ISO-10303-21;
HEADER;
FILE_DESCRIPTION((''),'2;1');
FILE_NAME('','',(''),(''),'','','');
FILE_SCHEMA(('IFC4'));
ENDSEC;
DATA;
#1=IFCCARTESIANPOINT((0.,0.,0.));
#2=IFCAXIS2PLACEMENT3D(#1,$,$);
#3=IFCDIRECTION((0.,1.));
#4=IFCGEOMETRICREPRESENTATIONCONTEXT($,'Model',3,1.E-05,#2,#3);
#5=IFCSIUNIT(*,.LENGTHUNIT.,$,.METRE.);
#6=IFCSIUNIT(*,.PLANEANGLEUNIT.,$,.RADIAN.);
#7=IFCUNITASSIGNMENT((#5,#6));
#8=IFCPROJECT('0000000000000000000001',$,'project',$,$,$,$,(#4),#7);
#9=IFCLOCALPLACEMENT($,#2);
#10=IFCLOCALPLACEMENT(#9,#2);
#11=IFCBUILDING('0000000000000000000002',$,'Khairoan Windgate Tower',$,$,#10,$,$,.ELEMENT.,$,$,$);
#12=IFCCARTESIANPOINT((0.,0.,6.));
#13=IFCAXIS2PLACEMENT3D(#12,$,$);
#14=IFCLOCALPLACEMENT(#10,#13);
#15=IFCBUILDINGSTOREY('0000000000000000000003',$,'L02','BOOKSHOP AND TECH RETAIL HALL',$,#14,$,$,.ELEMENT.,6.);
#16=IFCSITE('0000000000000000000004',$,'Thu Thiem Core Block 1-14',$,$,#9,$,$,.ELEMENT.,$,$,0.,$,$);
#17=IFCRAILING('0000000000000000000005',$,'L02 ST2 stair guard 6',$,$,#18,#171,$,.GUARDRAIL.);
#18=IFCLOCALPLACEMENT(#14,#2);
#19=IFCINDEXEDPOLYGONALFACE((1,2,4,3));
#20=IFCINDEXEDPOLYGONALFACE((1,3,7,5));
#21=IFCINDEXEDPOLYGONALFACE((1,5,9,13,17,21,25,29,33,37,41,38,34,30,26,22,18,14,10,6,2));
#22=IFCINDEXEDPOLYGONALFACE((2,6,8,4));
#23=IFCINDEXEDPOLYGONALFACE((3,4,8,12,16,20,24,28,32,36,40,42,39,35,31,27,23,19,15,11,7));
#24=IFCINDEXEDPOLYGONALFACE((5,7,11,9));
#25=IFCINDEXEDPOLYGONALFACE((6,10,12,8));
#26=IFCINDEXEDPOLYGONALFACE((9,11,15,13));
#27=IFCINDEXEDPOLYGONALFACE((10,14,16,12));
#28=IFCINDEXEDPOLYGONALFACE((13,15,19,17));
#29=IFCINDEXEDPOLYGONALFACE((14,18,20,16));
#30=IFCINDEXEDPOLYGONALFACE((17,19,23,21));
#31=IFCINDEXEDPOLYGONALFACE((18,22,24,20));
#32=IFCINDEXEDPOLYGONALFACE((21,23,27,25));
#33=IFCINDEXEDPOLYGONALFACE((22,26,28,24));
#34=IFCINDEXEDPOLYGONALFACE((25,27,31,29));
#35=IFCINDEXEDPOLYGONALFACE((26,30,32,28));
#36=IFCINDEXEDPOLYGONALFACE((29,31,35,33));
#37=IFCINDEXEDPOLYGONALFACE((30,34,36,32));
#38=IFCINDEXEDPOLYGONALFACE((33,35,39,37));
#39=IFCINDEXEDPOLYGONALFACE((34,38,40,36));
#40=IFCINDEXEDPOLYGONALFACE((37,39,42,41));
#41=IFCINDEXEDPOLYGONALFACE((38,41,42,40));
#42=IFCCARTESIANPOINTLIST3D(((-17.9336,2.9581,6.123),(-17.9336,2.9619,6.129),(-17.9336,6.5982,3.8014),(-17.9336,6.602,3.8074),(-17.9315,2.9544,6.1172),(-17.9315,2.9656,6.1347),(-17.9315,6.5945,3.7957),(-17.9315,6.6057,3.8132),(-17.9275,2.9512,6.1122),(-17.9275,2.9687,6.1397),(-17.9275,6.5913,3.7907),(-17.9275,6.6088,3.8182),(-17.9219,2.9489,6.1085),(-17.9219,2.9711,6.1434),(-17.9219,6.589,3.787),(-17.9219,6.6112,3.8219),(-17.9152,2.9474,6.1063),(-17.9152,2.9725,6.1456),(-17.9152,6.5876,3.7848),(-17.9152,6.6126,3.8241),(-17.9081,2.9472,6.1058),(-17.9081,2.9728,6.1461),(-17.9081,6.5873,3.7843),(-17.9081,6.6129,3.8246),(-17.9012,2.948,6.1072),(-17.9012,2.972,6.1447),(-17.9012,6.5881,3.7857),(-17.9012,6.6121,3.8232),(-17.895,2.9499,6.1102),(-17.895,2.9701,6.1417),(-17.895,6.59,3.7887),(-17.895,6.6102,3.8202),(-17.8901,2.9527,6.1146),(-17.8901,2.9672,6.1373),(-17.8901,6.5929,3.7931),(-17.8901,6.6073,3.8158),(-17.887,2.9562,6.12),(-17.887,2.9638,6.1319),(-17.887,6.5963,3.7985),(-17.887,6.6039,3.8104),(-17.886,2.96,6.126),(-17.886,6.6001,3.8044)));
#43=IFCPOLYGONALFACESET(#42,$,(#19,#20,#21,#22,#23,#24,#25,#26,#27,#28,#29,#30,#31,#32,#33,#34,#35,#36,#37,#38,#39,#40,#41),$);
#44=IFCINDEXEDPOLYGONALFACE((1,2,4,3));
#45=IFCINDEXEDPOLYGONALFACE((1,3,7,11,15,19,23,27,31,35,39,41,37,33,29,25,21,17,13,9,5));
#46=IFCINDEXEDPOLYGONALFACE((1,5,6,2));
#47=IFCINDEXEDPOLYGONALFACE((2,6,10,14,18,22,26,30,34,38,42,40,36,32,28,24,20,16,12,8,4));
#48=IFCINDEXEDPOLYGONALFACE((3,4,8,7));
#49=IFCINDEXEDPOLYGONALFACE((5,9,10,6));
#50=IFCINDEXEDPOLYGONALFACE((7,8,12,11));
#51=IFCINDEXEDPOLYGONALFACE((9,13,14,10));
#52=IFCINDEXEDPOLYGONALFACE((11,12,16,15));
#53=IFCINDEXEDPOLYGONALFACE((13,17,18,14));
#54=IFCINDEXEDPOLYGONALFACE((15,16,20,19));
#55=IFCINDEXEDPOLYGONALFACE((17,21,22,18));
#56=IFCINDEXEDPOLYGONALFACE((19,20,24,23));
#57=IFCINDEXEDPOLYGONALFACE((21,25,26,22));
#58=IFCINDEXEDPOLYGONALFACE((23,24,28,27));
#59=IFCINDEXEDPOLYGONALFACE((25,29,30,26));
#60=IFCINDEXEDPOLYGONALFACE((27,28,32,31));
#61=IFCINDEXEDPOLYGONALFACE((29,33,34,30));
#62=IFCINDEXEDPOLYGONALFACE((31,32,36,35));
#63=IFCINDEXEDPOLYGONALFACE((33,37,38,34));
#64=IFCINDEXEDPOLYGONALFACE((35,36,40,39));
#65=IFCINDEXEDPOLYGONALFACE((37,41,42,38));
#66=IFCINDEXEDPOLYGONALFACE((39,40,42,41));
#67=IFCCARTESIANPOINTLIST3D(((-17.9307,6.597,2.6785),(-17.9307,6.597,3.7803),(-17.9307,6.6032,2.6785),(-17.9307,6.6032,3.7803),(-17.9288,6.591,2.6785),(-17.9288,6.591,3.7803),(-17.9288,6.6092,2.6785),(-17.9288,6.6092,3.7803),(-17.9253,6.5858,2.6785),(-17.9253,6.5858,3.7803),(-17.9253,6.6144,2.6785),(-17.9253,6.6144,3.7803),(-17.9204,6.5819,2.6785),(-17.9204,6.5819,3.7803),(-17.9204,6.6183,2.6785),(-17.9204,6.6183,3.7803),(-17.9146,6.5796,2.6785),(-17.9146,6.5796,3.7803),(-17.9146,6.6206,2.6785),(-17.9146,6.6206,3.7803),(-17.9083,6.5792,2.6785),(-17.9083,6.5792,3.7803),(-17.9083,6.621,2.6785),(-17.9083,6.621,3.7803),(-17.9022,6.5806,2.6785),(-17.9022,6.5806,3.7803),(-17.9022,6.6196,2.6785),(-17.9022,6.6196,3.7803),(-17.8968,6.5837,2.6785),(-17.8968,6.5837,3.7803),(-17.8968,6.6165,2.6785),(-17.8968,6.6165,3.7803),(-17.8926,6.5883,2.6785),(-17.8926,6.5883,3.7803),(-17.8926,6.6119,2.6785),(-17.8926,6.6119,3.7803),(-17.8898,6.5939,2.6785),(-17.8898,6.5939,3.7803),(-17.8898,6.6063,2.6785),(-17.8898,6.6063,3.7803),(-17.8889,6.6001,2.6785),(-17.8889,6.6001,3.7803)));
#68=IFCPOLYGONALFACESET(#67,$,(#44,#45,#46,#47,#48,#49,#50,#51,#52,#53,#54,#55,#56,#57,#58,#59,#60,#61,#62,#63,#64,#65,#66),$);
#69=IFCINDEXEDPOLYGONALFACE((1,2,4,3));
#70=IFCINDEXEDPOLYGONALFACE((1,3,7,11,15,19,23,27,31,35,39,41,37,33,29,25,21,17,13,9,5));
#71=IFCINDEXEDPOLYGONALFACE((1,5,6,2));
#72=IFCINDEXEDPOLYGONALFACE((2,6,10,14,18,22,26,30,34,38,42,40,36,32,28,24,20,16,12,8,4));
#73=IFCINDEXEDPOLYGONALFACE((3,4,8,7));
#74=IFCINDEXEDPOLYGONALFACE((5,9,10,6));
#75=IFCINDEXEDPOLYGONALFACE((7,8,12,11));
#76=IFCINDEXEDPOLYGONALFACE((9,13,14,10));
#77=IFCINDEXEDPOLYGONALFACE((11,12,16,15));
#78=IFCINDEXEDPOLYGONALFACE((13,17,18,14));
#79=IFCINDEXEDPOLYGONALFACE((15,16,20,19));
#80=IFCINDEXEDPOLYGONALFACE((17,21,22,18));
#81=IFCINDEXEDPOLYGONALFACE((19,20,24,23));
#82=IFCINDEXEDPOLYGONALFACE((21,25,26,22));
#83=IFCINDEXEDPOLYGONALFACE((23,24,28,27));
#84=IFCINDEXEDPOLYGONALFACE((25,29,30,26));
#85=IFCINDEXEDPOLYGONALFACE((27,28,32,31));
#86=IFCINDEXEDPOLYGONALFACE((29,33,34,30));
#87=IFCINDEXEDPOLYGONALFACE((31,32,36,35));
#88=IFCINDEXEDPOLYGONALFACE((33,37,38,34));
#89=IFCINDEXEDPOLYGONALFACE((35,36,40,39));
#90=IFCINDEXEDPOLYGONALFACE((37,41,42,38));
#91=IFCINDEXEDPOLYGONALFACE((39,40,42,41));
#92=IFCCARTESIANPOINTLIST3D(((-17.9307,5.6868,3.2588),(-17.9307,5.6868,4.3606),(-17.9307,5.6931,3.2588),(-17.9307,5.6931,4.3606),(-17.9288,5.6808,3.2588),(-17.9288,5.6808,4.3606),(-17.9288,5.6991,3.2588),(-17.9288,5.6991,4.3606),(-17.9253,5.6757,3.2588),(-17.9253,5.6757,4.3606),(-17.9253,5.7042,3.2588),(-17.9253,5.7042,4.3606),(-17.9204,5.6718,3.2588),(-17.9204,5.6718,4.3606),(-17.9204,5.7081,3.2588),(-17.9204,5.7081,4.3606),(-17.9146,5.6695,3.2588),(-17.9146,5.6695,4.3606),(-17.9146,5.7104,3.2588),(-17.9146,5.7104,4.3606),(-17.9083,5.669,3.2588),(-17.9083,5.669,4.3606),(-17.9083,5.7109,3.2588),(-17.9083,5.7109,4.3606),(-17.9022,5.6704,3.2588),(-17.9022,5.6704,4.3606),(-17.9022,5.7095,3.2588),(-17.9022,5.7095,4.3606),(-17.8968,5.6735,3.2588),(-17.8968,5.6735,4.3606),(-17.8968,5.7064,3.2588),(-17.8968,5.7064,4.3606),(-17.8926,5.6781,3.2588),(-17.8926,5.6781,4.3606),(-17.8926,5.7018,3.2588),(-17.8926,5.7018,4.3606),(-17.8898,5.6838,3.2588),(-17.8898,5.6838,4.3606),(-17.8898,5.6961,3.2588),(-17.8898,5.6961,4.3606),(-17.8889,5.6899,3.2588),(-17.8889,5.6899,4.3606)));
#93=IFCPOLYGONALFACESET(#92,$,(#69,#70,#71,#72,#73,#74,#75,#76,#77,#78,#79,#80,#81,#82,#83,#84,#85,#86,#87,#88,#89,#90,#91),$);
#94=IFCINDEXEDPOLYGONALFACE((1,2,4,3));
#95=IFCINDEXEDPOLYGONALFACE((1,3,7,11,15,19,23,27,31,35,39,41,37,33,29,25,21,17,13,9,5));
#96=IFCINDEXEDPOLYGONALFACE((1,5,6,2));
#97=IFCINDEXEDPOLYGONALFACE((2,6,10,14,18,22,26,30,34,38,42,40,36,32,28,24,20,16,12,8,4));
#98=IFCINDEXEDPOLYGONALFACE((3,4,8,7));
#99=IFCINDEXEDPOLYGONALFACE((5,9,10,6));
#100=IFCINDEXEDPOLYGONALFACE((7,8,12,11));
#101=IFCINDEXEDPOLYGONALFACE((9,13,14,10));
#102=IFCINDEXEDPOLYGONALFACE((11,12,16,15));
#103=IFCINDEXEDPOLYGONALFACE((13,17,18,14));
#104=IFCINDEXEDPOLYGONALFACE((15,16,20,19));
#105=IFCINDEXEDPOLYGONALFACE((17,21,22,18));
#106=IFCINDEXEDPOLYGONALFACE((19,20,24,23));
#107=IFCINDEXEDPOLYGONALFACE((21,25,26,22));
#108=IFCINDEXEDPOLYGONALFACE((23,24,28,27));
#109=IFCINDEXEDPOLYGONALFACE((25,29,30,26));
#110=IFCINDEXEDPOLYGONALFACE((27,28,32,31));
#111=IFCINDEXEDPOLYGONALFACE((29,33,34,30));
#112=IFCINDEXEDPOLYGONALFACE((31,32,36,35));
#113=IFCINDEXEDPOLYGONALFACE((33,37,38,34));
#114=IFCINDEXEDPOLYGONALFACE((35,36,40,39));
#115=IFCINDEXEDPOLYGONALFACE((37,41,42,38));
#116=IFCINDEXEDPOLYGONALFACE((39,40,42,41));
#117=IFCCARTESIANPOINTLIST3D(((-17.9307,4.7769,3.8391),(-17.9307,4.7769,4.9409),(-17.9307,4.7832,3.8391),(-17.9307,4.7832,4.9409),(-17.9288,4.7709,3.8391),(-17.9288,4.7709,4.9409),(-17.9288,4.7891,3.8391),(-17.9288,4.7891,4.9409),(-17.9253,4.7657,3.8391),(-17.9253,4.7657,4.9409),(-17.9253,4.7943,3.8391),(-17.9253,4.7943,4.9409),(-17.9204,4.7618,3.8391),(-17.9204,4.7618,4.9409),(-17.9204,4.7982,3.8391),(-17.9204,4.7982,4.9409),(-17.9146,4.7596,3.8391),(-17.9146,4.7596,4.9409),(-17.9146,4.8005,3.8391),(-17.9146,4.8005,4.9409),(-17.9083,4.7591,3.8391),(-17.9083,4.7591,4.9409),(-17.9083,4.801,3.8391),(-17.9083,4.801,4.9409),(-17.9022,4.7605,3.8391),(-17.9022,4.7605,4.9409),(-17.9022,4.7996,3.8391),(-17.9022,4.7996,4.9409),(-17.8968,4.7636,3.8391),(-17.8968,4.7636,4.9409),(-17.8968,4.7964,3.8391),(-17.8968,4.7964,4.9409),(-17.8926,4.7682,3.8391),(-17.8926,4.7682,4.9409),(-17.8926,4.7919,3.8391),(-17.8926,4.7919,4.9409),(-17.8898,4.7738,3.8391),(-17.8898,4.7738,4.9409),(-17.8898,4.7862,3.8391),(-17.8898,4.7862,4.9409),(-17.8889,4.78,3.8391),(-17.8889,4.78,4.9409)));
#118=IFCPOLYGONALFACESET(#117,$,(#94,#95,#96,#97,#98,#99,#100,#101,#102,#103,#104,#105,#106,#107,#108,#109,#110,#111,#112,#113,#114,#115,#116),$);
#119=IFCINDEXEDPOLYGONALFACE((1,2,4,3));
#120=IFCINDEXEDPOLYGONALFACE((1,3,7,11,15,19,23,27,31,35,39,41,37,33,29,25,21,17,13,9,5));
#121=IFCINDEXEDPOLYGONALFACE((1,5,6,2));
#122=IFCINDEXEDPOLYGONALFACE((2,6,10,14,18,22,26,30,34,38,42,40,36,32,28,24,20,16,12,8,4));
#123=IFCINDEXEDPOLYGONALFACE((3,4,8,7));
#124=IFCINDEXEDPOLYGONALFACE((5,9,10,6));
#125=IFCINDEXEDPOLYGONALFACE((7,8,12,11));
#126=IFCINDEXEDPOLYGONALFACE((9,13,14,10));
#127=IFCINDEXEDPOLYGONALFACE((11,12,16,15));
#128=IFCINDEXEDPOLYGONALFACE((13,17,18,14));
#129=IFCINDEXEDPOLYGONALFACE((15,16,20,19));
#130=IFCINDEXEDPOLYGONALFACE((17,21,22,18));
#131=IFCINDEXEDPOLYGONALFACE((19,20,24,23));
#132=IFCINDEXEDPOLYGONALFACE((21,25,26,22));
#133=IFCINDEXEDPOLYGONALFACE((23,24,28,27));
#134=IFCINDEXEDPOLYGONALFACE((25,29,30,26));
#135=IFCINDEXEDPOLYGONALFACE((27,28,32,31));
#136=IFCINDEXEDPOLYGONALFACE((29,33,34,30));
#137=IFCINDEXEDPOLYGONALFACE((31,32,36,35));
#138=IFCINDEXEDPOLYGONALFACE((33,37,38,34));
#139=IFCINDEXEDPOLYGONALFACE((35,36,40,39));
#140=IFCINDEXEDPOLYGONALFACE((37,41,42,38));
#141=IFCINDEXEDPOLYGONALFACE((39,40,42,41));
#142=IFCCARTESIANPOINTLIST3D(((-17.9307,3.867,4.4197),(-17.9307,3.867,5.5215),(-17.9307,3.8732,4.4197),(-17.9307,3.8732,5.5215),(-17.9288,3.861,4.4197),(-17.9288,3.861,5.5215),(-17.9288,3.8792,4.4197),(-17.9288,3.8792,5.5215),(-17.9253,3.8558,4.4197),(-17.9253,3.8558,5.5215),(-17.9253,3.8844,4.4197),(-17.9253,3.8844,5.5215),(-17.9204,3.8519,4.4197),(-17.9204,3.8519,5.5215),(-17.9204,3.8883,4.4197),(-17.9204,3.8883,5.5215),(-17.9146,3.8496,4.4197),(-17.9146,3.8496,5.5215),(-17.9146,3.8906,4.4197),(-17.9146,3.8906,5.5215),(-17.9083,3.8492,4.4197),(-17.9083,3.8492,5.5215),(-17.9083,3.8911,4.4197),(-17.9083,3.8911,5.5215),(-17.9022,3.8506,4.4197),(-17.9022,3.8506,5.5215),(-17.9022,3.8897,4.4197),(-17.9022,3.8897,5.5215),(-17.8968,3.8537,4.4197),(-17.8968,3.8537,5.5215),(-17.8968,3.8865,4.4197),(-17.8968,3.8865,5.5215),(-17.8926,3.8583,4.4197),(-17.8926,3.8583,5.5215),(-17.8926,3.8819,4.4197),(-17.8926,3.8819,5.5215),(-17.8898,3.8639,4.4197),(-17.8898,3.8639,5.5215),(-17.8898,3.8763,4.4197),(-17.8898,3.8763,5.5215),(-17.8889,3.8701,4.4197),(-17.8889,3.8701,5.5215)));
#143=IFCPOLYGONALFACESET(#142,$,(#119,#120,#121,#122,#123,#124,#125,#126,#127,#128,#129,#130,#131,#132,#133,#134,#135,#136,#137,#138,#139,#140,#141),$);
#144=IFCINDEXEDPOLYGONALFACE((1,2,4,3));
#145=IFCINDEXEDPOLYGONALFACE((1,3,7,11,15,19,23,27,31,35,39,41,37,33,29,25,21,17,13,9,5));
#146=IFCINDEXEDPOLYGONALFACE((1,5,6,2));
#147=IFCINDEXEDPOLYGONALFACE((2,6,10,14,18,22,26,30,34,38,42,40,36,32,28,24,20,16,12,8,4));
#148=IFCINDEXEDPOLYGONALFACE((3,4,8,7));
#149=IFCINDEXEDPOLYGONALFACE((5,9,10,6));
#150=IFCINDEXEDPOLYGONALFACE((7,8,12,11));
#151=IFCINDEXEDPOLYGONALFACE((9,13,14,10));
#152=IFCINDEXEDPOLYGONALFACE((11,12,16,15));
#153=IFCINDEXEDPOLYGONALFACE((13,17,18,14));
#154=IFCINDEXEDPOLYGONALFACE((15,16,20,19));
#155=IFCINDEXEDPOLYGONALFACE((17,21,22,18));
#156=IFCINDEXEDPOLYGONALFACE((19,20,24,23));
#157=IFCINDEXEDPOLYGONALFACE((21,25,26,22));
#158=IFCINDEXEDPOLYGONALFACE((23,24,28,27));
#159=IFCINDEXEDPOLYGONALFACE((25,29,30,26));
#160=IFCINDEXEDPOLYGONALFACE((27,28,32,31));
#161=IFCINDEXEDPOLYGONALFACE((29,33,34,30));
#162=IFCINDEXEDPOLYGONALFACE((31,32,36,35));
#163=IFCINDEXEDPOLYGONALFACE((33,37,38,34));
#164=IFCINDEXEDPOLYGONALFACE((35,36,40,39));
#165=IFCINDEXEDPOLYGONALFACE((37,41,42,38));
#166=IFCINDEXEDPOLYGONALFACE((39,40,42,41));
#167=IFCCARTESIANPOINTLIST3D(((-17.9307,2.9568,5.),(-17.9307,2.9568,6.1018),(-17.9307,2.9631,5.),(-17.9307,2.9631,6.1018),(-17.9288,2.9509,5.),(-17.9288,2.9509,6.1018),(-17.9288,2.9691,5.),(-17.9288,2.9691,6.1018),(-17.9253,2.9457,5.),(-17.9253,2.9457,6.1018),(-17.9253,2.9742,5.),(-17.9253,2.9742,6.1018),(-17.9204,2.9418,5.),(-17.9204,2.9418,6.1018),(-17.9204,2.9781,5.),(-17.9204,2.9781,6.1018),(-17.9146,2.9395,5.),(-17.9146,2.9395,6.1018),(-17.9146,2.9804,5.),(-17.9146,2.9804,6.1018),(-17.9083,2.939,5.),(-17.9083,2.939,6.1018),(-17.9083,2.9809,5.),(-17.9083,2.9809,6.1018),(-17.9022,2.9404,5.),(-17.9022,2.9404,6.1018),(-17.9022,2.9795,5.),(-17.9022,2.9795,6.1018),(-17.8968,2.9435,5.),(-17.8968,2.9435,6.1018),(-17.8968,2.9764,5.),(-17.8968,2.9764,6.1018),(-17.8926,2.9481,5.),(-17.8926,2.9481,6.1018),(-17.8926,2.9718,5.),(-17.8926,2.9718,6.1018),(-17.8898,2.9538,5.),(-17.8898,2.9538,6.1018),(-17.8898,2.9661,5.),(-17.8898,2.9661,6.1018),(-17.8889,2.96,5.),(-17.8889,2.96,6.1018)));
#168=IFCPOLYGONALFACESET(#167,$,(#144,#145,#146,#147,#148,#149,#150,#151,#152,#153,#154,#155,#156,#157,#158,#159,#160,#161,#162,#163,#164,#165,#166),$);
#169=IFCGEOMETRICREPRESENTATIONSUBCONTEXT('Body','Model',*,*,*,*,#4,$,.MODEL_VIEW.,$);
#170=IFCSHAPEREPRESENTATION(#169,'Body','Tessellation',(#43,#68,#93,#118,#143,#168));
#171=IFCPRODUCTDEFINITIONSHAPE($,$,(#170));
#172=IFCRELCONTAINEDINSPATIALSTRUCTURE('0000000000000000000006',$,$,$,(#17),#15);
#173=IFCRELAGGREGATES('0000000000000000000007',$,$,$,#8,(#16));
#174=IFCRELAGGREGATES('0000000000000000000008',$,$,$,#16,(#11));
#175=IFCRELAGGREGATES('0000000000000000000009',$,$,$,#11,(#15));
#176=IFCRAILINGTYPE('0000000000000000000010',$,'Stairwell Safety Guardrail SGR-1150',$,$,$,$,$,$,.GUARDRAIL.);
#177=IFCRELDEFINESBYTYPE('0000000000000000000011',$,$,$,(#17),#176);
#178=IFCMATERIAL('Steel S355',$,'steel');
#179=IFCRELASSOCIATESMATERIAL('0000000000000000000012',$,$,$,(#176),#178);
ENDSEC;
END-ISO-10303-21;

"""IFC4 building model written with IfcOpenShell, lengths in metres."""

from ifc_helpers import new_model, si_unit, direction, frame, origin, origin_2d, place, context, subcontext, project, spatial, circle, extrude, material, type_object, element, save


model = new_model("IFC4")

# Units and contexts
model_context = context("Model", 3, precision=1e-05, world=origin(), true_north=direction((0.0, 1.0)))
body_context = subcontext(model_context, "Body", "Model", "MODEL_VIEW")
ifc_project = project(units=[si_unit("LENGTHUNIT", "METRE"), si_unit("PLANEANGLEUNIT", "RADIAN")], contexts=[model_context])

# Site, building, storey
site_placement = place(None, origin())
site = spatial("IfcSite", under=ifc_project, at=site_placement, Name="Thu Thiem Core Block 1-14", CompositionType="ELEMENT", RefElevation=0.0)
building_placement = place(site_placement, origin())
building = spatial("IfcBuilding", under=site, at=building_placement, Name="Khairoan Windgate Tower", CompositionType="ELEMENT")
storey_placement = place(building_placement, frame((0.0, 0.0, 6.0)))
storey = spatial("IfcBuildingStorey", under=building, at=storey_placement, Name="L02", Description="BOOKSHOP AND TECH RETAIL HALL", CompositionType="ELEMENT", Elevation=6.0)

# Railing
ifc_material_1 = material(Name="Steel S355", Category="steel")
railing_type_1 = type_object("IfcRailingType", Name="Stairwell Safety Guardrail SGR-1150", PredefinedType="GUARDRAIL", material=ifc_material_1)
railing_1_placement = place(storey_placement, frame((-17.9099, 6.6001, 2.6785)))
element("IfcRailing", 1, at=railing_1_placement, inside=storey, type_object=railing_type_1, Name="L02 ST2 stair guard 6", PredefinedType="GUARDRAIL", context=body_context, shape_type="SweptSolid", body=[
    extrude(circle(Radius=0.0239, at=origin_2d()), frame((0.0, 0.0, 1.126), z_axis=(0.0, -0.843128, 0.537713), x_axis=(1.0, 0.0, 0.0)), (0.0, 0.0, 1.0), 4.3174),
    extrude(circle(Radius=0.021, at=origin_2d()), origin(), (0.0, 0.0, 1.0), 1.1018),
    extrude(circle(Radius=0.021, at=origin_2d()), frame((0.0, -0.9102, 0.5803)), (0.0, 0.0, 1.0), 1.1018),
    extrude(circle(Radius=0.021, at=origin_2d()), frame((0.0, -1.8201, 1.1606)), (0.0, 0.0, 1.0), 1.1018),
    extrude(circle(Radius=0.021, at=origin_2d()), frame((0.0, -2.73, 1.7412)), (0.0, 0.0, 1.0), 1.1018),
    extrude(circle(Radius=0.021, at=origin_2d()), frame((0.0, -3.6401, 2.3215)), (0.0, 0.0, 1.0), 1.1018),
])

save(model, "model.ifc")
